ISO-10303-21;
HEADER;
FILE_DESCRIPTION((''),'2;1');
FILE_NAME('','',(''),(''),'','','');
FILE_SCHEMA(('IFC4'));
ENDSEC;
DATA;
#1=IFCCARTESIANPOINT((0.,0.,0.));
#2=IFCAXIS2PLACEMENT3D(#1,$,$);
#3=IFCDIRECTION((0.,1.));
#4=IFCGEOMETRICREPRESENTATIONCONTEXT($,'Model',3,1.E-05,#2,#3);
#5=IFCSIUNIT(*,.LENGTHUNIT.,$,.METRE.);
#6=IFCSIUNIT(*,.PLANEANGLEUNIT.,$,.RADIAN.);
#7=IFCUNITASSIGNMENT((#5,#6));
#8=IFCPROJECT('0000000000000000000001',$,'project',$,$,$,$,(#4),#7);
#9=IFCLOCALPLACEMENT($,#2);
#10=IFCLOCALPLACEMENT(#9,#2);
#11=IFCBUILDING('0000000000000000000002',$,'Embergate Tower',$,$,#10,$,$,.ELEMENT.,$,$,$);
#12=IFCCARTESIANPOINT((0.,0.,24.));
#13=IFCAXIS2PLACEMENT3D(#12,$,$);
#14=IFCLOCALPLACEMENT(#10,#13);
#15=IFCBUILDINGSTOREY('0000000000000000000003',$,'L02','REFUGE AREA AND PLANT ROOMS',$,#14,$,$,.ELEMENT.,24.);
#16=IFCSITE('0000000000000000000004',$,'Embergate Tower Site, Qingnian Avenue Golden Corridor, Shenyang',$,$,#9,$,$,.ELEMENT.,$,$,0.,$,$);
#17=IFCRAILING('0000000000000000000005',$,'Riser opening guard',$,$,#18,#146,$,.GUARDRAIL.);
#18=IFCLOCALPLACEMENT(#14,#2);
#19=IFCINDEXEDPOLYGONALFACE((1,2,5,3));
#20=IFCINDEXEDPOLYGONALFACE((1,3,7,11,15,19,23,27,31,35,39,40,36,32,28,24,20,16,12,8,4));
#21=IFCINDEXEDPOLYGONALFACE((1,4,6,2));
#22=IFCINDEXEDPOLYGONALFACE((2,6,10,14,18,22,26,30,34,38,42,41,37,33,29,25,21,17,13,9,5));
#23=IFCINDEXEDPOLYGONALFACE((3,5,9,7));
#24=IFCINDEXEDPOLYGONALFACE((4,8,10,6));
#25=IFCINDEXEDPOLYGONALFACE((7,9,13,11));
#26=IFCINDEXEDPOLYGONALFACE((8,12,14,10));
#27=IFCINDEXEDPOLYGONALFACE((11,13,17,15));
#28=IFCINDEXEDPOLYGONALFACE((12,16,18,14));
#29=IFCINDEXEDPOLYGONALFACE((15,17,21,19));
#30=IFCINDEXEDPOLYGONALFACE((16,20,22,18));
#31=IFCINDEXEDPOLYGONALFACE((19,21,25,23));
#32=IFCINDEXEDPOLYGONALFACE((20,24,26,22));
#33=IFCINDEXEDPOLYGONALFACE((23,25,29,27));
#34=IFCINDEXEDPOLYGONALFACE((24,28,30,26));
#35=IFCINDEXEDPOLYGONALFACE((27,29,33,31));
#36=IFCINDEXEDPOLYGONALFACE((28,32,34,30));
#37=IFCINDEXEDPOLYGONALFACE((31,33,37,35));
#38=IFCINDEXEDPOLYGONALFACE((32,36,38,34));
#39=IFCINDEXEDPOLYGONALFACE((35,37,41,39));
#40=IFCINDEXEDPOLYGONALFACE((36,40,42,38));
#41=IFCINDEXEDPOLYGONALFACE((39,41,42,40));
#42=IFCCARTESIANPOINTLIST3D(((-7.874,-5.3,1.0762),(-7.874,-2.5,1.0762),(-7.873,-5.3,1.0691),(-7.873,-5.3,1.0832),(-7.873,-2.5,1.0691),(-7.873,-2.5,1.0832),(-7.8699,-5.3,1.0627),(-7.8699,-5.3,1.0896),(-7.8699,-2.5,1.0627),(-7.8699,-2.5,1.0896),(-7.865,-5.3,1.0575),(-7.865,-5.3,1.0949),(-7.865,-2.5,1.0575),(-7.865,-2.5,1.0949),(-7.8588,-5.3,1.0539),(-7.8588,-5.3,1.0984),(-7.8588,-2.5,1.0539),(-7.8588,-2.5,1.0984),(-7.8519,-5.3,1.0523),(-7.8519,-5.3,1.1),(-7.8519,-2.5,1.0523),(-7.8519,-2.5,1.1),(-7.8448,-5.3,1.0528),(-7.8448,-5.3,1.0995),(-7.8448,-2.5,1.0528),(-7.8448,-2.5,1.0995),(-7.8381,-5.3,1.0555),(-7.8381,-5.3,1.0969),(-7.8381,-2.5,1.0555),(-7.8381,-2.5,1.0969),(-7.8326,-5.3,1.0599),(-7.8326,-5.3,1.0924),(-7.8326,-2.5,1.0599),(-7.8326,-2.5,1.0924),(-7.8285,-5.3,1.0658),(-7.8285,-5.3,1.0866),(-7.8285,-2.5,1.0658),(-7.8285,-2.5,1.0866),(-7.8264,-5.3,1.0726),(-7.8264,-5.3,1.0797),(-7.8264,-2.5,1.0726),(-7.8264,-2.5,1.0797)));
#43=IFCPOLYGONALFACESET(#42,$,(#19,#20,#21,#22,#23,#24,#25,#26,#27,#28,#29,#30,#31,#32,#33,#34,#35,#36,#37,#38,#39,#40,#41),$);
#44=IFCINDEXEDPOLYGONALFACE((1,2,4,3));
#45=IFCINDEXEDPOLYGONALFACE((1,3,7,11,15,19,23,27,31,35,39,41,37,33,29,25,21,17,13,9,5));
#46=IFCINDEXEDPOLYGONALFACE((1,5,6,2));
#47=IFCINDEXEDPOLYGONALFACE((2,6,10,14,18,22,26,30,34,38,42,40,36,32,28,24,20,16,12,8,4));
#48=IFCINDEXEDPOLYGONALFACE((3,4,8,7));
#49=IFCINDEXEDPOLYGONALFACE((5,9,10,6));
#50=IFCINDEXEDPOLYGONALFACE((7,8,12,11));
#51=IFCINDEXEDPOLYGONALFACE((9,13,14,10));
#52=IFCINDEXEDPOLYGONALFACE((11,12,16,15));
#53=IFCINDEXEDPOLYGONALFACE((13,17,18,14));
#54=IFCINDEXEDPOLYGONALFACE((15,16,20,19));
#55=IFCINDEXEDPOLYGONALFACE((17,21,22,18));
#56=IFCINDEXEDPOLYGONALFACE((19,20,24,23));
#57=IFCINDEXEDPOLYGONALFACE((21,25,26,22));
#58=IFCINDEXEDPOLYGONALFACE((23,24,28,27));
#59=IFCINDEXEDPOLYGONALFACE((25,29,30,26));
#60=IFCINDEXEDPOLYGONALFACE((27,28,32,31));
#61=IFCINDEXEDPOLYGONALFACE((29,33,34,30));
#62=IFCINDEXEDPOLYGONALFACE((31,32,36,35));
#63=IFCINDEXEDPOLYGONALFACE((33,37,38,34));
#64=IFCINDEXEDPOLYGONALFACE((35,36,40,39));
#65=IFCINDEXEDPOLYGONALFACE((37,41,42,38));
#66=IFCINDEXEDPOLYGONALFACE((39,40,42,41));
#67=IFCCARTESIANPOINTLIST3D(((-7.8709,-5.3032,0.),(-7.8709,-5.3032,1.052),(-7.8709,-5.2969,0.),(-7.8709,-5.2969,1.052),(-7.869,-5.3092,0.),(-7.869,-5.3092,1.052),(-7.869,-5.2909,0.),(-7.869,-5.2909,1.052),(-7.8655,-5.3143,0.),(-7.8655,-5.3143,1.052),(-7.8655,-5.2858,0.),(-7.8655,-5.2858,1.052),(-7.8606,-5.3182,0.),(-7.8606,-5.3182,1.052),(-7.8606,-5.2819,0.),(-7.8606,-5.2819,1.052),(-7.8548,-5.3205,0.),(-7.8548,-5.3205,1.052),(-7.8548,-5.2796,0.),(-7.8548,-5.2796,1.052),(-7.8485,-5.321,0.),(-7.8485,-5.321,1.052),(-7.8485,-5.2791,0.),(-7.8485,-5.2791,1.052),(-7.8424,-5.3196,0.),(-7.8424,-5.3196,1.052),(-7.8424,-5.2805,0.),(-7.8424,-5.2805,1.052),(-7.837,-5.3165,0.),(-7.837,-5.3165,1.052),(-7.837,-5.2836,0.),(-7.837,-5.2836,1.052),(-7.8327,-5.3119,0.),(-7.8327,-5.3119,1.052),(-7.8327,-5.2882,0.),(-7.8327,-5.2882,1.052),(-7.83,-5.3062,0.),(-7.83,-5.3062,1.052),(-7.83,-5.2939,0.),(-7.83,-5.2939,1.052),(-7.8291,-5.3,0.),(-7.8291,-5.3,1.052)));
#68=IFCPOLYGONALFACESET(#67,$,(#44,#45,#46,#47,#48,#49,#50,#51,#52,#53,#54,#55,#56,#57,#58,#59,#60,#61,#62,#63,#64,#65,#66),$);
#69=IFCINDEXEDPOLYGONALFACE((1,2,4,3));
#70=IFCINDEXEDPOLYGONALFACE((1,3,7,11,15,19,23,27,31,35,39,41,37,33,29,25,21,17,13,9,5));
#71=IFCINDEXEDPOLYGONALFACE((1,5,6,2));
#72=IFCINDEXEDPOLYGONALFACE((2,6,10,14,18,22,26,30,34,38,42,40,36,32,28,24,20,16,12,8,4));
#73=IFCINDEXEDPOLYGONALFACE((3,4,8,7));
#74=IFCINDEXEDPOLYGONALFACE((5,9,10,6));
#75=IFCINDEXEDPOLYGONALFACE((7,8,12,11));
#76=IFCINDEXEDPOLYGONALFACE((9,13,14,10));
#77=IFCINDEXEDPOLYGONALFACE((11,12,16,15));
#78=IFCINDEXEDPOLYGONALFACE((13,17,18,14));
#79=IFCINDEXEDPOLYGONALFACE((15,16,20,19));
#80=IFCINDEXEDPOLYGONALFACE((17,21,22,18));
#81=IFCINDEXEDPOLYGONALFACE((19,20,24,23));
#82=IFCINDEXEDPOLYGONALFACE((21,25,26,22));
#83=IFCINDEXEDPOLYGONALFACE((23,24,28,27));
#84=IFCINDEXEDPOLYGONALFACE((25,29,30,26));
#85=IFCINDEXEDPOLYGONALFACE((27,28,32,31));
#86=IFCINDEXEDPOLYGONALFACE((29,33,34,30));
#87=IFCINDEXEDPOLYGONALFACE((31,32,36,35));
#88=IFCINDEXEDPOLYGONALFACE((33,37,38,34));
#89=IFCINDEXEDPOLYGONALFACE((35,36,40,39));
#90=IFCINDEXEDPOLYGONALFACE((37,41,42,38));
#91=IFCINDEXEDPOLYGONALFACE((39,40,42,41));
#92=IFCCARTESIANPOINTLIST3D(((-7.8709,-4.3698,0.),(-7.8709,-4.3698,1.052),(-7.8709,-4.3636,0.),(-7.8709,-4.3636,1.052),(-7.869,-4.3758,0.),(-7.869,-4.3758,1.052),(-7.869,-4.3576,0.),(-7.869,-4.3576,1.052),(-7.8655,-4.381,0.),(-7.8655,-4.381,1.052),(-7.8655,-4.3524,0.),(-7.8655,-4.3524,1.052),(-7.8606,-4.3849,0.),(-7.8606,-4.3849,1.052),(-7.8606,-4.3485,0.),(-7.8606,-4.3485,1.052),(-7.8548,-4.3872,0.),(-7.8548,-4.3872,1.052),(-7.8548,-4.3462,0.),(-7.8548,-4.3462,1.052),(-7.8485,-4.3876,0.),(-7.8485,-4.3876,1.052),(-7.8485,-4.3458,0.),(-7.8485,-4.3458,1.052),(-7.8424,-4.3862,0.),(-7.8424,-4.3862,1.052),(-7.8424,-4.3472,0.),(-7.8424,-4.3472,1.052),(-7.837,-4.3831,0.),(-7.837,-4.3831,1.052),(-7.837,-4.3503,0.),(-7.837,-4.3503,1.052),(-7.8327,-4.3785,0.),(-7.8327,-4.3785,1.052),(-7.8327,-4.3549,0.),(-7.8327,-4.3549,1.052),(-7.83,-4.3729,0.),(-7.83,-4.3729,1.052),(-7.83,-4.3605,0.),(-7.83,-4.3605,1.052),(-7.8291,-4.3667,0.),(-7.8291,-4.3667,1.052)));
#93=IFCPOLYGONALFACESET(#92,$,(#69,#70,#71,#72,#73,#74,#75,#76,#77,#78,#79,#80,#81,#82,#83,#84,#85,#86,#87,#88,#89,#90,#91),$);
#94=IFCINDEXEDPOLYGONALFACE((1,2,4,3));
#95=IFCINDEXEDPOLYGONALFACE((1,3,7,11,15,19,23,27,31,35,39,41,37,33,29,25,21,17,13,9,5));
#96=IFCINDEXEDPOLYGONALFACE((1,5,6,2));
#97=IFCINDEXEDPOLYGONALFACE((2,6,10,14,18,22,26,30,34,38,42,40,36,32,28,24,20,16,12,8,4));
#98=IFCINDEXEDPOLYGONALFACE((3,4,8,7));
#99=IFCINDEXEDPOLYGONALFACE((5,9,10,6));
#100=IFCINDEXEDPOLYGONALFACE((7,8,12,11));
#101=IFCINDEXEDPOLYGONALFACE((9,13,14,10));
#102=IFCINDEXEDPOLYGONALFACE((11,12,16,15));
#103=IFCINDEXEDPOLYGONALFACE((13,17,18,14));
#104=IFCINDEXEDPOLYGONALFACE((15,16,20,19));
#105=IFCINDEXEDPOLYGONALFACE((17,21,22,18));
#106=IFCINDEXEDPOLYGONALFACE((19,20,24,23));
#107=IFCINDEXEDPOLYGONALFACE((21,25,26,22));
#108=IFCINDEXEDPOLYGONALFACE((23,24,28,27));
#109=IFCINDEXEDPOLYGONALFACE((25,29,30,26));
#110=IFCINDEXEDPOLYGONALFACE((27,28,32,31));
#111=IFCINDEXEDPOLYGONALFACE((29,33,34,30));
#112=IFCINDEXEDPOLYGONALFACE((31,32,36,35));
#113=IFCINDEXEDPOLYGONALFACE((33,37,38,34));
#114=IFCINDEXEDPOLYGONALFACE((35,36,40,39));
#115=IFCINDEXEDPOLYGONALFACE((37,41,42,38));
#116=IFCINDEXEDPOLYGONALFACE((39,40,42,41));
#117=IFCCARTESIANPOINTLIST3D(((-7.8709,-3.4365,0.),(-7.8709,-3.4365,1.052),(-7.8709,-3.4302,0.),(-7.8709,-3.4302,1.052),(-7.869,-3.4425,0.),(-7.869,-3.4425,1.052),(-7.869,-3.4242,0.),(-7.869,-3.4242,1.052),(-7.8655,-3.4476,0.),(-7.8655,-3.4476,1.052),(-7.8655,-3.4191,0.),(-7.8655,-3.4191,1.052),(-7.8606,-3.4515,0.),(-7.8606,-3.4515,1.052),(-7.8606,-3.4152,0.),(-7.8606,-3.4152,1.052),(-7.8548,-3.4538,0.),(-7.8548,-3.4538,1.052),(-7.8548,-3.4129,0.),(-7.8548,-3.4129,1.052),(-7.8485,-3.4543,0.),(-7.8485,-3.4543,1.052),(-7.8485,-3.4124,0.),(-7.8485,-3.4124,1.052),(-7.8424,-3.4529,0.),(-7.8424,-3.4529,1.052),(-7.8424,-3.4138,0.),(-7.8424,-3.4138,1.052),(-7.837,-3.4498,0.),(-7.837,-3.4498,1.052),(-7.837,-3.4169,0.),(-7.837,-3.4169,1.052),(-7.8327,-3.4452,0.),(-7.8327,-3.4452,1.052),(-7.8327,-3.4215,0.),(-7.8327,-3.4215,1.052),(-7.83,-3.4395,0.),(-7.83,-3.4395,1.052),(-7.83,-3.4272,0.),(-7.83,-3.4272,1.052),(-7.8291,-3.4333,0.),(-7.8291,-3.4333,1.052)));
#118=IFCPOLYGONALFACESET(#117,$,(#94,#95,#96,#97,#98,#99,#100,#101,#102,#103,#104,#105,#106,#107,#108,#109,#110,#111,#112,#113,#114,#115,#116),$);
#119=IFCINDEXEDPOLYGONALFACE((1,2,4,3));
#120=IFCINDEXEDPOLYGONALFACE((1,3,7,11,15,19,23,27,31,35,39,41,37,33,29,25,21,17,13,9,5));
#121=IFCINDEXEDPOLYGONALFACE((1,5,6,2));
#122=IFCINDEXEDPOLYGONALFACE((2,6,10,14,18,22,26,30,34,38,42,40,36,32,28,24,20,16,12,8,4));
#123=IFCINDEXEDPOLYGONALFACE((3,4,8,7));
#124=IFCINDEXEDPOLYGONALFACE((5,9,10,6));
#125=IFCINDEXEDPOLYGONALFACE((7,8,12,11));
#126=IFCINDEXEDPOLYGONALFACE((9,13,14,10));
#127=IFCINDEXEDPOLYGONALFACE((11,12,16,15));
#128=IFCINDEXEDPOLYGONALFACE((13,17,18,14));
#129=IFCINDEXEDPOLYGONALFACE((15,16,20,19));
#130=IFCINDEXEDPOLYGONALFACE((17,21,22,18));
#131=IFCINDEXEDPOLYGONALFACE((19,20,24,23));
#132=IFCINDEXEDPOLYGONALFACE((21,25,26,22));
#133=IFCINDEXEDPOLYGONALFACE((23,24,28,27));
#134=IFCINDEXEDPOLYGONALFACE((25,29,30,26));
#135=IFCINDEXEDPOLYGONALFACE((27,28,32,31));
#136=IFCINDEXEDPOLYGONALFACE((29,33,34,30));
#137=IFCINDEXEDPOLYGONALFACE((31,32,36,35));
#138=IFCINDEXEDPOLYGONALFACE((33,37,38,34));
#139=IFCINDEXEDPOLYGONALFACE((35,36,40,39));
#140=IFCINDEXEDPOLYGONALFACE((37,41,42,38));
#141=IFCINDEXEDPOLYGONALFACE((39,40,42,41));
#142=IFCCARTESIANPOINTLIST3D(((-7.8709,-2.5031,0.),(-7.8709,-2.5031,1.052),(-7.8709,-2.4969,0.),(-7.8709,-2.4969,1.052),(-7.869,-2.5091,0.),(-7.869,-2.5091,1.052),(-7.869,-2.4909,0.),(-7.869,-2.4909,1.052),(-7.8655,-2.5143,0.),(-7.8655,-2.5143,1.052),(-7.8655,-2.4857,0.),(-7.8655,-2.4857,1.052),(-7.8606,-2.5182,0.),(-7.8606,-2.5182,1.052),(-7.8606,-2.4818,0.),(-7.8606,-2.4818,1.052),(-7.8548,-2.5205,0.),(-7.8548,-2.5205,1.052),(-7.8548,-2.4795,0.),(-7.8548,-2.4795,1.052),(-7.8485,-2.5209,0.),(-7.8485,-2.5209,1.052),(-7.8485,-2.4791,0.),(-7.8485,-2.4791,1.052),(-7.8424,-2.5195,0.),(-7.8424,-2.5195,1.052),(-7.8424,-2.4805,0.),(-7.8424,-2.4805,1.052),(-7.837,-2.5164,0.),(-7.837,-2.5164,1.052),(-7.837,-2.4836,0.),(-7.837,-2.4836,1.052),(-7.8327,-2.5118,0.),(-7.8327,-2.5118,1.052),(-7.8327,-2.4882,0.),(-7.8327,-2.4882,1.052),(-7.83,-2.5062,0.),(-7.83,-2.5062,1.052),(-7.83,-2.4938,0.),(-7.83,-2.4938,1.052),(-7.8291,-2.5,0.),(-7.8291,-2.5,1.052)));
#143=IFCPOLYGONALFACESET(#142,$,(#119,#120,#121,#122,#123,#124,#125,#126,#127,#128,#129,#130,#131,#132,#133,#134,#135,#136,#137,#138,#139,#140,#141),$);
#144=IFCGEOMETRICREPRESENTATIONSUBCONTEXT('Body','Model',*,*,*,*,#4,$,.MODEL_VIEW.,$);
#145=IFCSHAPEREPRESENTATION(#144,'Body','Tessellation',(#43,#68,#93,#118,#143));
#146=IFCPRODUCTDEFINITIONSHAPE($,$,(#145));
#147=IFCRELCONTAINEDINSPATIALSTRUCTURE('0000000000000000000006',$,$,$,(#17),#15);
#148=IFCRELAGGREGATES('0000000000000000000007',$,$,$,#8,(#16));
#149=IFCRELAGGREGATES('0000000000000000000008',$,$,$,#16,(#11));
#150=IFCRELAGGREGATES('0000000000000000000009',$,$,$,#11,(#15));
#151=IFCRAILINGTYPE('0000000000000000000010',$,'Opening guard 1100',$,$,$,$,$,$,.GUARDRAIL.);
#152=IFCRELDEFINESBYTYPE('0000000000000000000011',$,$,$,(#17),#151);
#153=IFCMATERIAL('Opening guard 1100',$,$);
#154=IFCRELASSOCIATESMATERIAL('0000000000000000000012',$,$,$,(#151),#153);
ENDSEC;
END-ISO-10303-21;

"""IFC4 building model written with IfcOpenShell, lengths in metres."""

from ifc_helpers import new_model, si_unit, direction, frame, origin, origin_2d, place, context, subcontext, project, spatial, circle, extrude, source, transform, mapped, material, type_object, element, save


model = new_model("IFC4")

# Units and contexts
model_context = context("Model", 3, precision=1e-05, world=origin(), true_north=direction((0.0, 1.0)))
body_context = subcontext(model_context, "Body", "Model", "MODEL_VIEW")
ifc_project = project(units=[si_unit("LENGTHUNIT", "METRE"), si_unit("PLANEANGLEUNIT", "RADIAN")], contexts=[model_context])

# Site, building, storey
site_placement = place(None, origin())
site = spatial("IfcSite", under=ifc_project, at=site_placement, Name="Embergate Tower Site, Qingnian Avenue Golden Corridor, Shenyang", CompositionType="ELEMENT", RefElevation=0.0)
building_placement = place(site_placement, origin())
building = spatial("IfcBuilding", under=site, at=building_placement, Name="Embergate Tower", CompositionType="ELEMENT")
storey_placement = place(building_placement, frame((0.0, 0.0, 24.0)))
storey = spatial("IfcBuildingStorey", under=building, at=storey_placement, Name="L02", Description="REFUGE AREA AND PLANT ROOMS", CompositionType="ELEMENT", Elevation=24.0)

# Railing
ifc_material_1 = material(Name="Opening guard 1100")
railing_type_1 = type_object("IfcRailingType", Name="Opening guard 1100", PredefinedType="GUARDRAIL", material=ifc_material_1)
shared_shape_1 = source(origin(), body_context, "Body", "SweptSolid", [
    extrude(circle(Radius=0.0239, at=origin_2d()), frame((0.0, 0.0, 1.0762), z_axis=(0.0, 1.0, 0.0), x_axis=(-1.0, 0.0, 0.0)), (0.0, 0.0, 1.0), 2.8),
    extrude(circle(Radius=0.021, at=origin_2d()), origin(), (0.0, 0.0, 1.0), 1.052),
    extrude(circle(Radius=0.021, at=origin_2d()), frame((0.0, 0.9333, 0.0)), (0.0, 0.0, 1.0), 1.052),
    extrude(circle(Radius=0.021, at=origin_2d()), frame((0.0, 1.8667, 0.0)), (0.0, 0.0, 1.0), 1.052),
    extrude(circle(Radius=0.021, at=origin_2d()), frame((0.0, 2.8, 0.0)), (0.0, 0.0, 1.0), 1.052),
])
railing_1_placement = place(storey_placement, frame((-7.8501, -5.3, 0.0)))
element("IfcRailing", 1, at=railing_1_placement, inside=storey, type_object=railing_type_1, Name="Riser opening guard", PredefinedType="GUARDRAIL", context=body_context, shape_type="MappedRepresentation", body=[
    mapped(shared_shape_1, transform((0.0, 0.0, 0.0))),
])

save(model, "model.ifc")
